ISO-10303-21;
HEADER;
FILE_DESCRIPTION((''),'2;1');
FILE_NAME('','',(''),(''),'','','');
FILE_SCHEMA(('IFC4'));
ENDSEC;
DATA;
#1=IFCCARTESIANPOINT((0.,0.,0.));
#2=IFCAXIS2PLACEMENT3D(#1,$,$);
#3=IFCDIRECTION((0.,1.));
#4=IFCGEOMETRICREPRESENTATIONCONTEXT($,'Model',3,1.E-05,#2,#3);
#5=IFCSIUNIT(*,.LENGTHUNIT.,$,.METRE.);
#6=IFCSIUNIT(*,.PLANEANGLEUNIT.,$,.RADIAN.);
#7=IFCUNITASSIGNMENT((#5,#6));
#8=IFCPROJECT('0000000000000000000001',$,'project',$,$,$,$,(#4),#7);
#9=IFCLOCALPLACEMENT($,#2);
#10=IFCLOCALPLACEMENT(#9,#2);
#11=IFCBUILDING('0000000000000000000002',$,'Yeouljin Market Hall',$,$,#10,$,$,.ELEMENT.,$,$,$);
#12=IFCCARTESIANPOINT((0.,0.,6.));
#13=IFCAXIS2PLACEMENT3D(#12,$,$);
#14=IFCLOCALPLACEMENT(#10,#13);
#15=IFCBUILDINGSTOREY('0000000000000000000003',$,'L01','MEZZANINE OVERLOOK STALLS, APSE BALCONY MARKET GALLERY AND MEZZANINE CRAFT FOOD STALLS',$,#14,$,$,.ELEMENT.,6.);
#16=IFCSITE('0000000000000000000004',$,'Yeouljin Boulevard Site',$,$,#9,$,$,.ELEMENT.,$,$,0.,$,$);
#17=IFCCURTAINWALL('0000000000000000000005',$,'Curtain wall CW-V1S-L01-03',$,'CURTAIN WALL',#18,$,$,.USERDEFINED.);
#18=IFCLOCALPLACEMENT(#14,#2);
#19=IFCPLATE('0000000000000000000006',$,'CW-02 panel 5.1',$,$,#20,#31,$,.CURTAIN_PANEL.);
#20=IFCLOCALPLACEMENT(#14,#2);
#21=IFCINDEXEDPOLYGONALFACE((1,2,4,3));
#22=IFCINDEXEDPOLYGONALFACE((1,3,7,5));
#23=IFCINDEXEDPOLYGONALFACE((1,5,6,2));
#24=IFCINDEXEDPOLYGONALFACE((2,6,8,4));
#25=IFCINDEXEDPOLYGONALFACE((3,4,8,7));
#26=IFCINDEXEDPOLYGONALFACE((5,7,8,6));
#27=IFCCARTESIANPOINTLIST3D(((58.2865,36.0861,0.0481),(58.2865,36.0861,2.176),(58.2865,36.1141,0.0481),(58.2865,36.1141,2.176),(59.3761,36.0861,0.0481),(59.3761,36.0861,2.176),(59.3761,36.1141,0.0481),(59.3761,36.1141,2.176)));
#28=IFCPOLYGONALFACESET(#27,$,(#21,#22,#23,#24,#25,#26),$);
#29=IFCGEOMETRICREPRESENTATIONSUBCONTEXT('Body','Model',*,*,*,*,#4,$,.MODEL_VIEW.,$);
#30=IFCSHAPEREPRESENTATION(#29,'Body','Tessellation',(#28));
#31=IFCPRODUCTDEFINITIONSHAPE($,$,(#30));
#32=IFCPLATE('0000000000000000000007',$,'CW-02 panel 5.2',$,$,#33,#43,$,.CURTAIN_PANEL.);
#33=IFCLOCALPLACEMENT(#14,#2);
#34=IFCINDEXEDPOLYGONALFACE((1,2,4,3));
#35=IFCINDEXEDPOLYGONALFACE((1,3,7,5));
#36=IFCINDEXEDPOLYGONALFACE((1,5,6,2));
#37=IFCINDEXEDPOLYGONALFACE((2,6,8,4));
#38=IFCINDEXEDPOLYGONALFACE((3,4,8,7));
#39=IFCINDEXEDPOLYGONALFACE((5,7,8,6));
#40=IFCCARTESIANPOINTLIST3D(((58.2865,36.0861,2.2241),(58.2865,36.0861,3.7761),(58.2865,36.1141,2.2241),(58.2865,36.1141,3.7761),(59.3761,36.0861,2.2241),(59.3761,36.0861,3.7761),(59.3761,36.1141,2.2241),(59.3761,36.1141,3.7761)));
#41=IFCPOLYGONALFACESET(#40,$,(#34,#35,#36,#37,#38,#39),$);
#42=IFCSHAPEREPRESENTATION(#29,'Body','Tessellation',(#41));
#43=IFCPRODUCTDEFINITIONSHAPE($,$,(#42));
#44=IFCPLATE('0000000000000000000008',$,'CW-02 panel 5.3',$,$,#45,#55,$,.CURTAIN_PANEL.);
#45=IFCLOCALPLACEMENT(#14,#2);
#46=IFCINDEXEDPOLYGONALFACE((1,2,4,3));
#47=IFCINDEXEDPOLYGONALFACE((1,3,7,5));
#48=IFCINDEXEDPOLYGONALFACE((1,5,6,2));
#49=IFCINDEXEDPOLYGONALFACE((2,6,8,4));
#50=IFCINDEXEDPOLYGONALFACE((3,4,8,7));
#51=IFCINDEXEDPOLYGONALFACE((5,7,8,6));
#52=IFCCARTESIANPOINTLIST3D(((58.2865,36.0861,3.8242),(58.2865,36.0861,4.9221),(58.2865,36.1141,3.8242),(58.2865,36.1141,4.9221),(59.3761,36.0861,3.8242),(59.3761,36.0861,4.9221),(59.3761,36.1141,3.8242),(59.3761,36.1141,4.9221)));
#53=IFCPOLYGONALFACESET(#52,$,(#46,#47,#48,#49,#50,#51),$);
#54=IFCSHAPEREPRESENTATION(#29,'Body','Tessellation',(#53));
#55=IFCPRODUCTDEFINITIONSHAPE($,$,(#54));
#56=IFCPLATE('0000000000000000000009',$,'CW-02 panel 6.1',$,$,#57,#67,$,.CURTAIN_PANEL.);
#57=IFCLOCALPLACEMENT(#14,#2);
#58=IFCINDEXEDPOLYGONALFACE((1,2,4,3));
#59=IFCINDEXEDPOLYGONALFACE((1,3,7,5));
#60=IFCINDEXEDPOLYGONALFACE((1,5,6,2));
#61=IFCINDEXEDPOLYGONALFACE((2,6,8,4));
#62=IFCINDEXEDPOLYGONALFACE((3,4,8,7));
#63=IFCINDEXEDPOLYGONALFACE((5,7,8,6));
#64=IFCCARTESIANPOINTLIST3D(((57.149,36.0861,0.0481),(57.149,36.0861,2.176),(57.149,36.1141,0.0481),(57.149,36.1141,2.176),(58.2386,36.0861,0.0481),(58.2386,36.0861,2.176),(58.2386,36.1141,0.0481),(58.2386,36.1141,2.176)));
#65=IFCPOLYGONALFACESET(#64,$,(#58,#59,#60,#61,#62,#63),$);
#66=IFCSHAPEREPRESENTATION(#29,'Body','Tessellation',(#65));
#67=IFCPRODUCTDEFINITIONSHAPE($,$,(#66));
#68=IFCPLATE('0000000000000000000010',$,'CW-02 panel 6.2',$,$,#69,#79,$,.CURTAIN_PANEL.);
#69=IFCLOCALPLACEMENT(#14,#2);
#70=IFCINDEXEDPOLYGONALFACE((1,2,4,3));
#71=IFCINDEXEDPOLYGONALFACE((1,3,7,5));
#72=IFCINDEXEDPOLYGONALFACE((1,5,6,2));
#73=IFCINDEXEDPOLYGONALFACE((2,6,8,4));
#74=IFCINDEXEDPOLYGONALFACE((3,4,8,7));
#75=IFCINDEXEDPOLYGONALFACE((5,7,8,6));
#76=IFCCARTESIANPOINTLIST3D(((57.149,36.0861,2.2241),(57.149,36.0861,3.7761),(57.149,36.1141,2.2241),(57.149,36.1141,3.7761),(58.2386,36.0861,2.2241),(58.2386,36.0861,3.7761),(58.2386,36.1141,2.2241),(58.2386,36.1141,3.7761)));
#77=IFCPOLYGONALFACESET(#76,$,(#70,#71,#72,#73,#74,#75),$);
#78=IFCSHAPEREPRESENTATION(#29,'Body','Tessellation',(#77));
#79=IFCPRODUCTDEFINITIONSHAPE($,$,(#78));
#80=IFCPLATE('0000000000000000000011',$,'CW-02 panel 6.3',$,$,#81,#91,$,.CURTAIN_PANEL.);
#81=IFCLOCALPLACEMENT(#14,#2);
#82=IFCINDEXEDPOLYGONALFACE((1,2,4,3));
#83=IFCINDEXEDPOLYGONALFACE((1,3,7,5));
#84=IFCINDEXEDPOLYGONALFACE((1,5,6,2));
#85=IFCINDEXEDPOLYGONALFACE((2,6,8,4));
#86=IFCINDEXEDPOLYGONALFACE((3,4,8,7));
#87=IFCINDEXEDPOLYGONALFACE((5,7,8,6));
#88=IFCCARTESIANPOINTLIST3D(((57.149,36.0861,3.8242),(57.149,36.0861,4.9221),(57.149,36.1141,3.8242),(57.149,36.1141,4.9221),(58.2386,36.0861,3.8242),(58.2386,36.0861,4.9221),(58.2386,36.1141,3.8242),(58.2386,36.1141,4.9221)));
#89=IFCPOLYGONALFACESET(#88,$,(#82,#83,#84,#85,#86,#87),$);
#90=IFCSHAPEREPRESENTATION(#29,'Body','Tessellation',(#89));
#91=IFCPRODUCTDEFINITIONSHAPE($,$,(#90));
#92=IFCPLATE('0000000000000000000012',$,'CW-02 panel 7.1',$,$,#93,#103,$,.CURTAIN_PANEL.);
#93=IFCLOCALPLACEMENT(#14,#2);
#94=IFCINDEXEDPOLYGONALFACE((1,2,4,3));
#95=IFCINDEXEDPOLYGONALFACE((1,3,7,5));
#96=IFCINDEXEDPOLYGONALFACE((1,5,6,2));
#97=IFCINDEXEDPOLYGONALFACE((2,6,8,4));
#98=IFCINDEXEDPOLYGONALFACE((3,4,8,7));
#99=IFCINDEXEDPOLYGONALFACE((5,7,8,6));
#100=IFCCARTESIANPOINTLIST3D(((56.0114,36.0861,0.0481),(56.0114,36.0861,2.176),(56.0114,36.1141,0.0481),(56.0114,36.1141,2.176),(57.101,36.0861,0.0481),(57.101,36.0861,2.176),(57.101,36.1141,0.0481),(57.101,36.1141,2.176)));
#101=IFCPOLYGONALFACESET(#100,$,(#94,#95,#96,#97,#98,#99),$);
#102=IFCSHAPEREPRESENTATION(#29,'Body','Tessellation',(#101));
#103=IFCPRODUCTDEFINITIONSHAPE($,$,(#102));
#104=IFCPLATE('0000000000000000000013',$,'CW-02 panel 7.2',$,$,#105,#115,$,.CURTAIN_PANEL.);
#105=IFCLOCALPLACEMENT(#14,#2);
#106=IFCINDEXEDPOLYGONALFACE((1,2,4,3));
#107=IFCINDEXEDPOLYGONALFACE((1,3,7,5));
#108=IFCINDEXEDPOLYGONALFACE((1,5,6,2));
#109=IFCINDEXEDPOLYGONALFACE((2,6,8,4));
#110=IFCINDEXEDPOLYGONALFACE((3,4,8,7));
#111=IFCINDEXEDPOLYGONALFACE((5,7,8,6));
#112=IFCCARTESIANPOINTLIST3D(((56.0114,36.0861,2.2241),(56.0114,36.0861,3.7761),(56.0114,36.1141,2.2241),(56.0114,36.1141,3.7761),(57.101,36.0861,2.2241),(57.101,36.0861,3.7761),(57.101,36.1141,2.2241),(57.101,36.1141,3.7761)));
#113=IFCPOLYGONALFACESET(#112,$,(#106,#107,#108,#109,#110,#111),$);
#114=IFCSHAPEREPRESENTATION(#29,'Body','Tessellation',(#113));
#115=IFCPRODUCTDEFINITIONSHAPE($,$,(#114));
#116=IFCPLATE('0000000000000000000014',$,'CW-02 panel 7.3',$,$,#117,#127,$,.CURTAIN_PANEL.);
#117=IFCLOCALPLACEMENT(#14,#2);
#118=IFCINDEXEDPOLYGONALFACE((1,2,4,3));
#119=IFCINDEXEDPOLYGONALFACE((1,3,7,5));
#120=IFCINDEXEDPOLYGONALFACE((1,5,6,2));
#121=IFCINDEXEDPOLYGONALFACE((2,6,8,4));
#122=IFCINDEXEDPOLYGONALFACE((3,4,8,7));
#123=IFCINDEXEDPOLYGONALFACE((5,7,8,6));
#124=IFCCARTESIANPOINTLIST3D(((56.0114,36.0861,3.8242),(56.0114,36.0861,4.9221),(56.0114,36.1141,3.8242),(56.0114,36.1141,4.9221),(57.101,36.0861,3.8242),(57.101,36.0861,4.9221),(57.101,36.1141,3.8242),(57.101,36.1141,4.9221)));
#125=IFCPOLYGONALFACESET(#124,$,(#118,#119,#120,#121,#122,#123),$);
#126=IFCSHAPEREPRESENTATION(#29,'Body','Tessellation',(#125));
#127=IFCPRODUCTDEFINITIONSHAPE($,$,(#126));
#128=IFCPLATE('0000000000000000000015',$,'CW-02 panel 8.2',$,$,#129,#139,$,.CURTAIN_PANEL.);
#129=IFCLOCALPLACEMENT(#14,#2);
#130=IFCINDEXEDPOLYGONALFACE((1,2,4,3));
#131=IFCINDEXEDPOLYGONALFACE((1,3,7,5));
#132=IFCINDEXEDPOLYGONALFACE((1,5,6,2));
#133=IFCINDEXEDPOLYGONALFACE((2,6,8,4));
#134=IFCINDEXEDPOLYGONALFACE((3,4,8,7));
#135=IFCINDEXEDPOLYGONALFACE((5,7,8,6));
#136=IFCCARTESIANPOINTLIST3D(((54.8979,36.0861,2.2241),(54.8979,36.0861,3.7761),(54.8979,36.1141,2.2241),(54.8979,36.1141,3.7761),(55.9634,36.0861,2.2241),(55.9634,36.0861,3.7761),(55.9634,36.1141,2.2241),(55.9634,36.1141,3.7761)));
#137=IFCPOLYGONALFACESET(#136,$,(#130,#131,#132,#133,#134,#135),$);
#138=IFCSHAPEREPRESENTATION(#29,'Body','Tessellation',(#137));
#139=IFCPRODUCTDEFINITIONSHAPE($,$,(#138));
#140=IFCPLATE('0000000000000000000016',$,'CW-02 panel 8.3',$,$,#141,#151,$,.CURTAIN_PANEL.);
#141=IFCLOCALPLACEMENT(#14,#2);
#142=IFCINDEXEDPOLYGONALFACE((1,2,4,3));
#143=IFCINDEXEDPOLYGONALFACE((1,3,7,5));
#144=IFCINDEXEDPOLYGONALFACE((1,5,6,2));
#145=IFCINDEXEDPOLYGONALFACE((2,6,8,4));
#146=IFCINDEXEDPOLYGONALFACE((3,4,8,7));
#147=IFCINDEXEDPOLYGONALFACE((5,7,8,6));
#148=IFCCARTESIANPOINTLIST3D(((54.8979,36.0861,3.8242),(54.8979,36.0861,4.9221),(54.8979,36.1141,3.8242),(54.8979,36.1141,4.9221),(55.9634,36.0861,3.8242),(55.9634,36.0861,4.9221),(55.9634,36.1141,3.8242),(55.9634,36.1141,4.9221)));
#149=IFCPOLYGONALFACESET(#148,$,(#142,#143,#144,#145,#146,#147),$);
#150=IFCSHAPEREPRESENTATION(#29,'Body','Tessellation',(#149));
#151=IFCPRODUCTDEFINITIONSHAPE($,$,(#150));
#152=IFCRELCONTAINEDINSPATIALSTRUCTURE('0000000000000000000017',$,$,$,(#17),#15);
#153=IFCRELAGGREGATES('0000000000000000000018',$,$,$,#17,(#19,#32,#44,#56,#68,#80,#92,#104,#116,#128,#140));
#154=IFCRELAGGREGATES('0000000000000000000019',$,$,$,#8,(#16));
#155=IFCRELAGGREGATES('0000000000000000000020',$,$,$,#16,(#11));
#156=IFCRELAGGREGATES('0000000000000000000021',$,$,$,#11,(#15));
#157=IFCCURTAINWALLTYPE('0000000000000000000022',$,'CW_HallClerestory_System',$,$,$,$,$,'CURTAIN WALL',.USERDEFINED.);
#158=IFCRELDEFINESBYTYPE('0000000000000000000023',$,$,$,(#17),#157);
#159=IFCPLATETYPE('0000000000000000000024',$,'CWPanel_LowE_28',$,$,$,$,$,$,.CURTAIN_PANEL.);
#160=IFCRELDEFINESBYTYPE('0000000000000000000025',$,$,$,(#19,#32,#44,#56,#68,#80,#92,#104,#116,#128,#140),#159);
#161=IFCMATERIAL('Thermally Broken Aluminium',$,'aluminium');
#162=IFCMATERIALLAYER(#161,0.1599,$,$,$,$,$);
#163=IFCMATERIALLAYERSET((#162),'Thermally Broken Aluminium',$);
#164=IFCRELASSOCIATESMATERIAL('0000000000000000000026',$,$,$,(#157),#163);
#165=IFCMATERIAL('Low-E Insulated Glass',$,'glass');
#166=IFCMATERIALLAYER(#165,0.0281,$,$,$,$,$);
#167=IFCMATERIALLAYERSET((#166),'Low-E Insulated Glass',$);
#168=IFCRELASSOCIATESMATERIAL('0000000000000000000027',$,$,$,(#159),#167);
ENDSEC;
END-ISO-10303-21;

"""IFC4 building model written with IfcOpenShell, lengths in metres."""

from ifc_helpers import new_model, si_unit, direction, frame, origin, origin_2d, place, context, subcontext, project, spatial, rectangle, extrude, material, layer, layer_set, type_object, element, aggregate, save


model = new_model("IFC4")

# Units and contexts
model_context = context("Model", 3, precision=1e-05, world=origin(), true_north=direction((0.0, 1.0)))
body_context = subcontext(model_context, "Body", "Model", "MODEL_VIEW")
ifc_project = project(units=[si_unit("LENGTHUNIT", "METRE"), si_unit("PLANEANGLEUNIT", "RADIAN")], contexts=[model_context])

# Site, building, storey
site_placement = place(None, origin())
site = spatial("IfcSite", under=ifc_project, at=site_placement, Name="Yeouljin Boulevard Site", CompositionType="ELEMENT", RefElevation=0.0)
building_placement = place(site_placement, origin())
building = spatial("IfcBuilding", under=site, at=building_placement, Name="Yeouljin Market Hall", CompositionType="ELEMENT")
storey_placement = place(building_placement, frame((0.0, 0.0, 6.0)))
storey = spatial("IfcBuildingStorey", under=building, at=storey_placement, Name="L01", Description="MEZZANINE OVERLOOK STALLS, APSE BALCONY MARKET GALLERY AND MEZZANINE CRAFT FOOD STALLS", CompositionType="ELEMENT", Elevation=6.0)

# Curtain wall, plates
ifc_material_1 = material(Name="Thermally Broken Aluminium", Category="aluminium")
ifc_layer_1 = layer(ifc_material_1, 0.1599)
ifc_layer_set_1 = layer_set([ifc_layer_1], Name="Thermally Broken Aluminium")
curtain_wall_type = type_object("IfcCurtainWallType", Name="CW_HallClerestory_System", ElementType="CURTAIN WALL", PredefinedType="USERDEFINED", material=ifc_layer_set_1)
curtain_wall_placement = place(storey_placement, origin())
curtain_wall = element("IfcCurtainWall", 1, at=curtain_wall_placement, inside=storey, type_object=curtain_wall_type, Name="Curtain wall CW-V1S-L01-03", ObjectType="CURTAIN WALL", PredefinedType="USERDEFINED")
ifc_material_2 = material(Name="Low-E Insulated Glass", Category="glass")
ifc_layer_2 = layer(ifc_material_2, 0.0281)
ifc_layer_set_2 = layer_set([ifc_layer_2], Name="Low-E Insulated Glass")
plate_type = type_object("IfcPlateType", Name="CWPanel_LowE_28", PredefinedType="CURTAIN_PANEL", material=ifc_layer_set_2)
plate_1_placement = place(storey_placement, frame((58.8313, 36.1001, 0.0481), z_axis=(0.0, 0.0, 1.0), x_axis=(-1.0, 0.0, 0.0)))
plate_1 = element("IfcPlate", 2, at=plate_1_placement, type_object=plate_type, Name="CW-02 panel 5.1", PredefinedType="CURTAIN_PANEL", context=body_context, shape_type="SweptSolid", body=[
    extrude(rectangle(XDim=1.0896, YDim=0.0281, at=origin_2d()), origin(), (0.0, 0.0, 1.0), 2.1279),
])
plate_2_placement = place(storey_placement, frame((58.8313, 36.1001, 2.2241), z_axis=(0.0, 0.0, 1.0), x_axis=(-1.0, 0.0, 0.0)))
plate_2 = element("IfcPlate", 3, at=plate_2_placement, type_object=plate_type, Name="CW-02 panel 5.2", PredefinedType="CURTAIN_PANEL", context=body_context, shape_type="SweptSolid", body=[
    extrude(rectangle(XDim=1.0896, YDim=0.0281, at=origin_2d()), origin(), (0.0, 0.0, 1.0), 1.552),
])
plate_3_placement = place(storey_placement, frame((58.8313, 36.1001, 3.8242), z_axis=(0.0, 0.0, 1.0), x_axis=(-1.0, 0.0, 0.0)))
plate_3 = element("IfcPlate", 4, at=plate_3_placement, type_object=plate_type, Name="CW-02 panel 5.3", PredefinedType="CURTAIN_PANEL", context=body_context, shape_type="SweptSolid", body=[
    extrude(rectangle(XDim=1.0896, YDim=0.0281, at=origin_2d()), origin(), (0.0, 0.0, 1.0), 1.0979),
])
plate_4_placement = place(storey_placement, frame((57.6938, 36.1001, 0.0481), z_axis=(0.0, 0.0, 1.0), x_axis=(-1.0, 0.0, 0.0)))
plate_4 = element("IfcPlate", 5, at=plate_4_placement, type_object=plate_type, Name="CW-02 panel 6.1", PredefinedType="CURTAIN_PANEL", context=body_context, shape_type="SweptSolid", body=[
    extrude(rectangle(XDim=1.0896, YDim=0.0281, at=origin_2d()), origin(), (0.0, 0.0, 1.0), 2.1279),
])
plate_5_placement = place(storey_placement, frame((57.6938, 36.1001, 2.2241), z_axis=(0.0, 0.0, 1.0), x_axis=(-1.0, 0.0, 0.0)))
plate_5 = element("IfcPlate", 6, at=plate_5_placement, type_object=plate_type, Name="CW-02 panel 6.2", PredefinedType="CURTAIN_PANEL", context=body_context, shape_type="SweptSolid", body=[
    extrude(rectangle(XDim=1.0896, YDim=0.0281, at=origin_2d()), origin(), (0.0, 0.0, 1.0), 1.552),
])
plate_6_placement = place(storey_placement, frame((57.6938, 36.1001, 3.8242), z_axis=(0.0, 0.0, 1.0), x_axis=(-1.0, 0.0, 0.0)))
plate_6 = element("IfcPlate", 7, at=plate_6_placement, type_object=plate_type, Name="CW-02 panel 6.3", PredefinedType="CURTAIN_PANEL", context=body_context, shape_type="SweptSolid", body=[
    extrude(rectangle(XDim=1.0896, YDim=0.0281, at=origin_2d()), origin(), (0.0, 0.0, 1.0), 1.0979),
])
plate_7_placement = place(storey_placement, frame((56.5562, 36.1001, 0.0481), z_axis=(0.0, 0.0, 1.0), x_axis=(-1.0, 0.0, 0.0)))
plate_7 = element("IfcPlate", 8, at=plate_7_placement, type_object=plate_type, Name="CW-02 panel 7.1", PredefinedType="CURTAIN_PANEL", context=body_context, shape_type="SweptSolid", body=[
    extrude(rectangle(XDim=1.0896, YDim=0.0281, at=origin_2d()), origin(), (0.0, 0.0, 1.0), 2.1279),
])
plate_8_placement = place(storey_placement, frame((56.5562, 36.1001, 2.2241), z_axis=(0.0, 0.0, 1.0), x_axis=(-1.0, 0.0, 0.0)))
plate_8 = element("IfcPlate", 9, at=plate_8_placement, type_object=plate_type, Name="CW-02 panel 7.2", PredefinedType="CURTAIN_PANEL", context=body_context, shape_type="SweptSolid", body=[
    extrude(rectangle(XDim=1.0896, YDim=0.0281, at=origin_2d()), origin(), (0.0, 0.0, 1.0), 1.552),
])
plate_9_placement = place(storey_placement, frame((56.5562, 36.1001, 3.8242), z_axis=(0.0, 0.0, 1.0), x_axis=(-1.0, 0.0, 0.0)))
plate_9 = element("IfcPlate", 10, at=plate_9_placement, type_object=plate_type, Name="CW-02 panel 7.3", PredefinedType="CURTAIN_PANEL", context=body_context, shape_type="SweptSolid", body=[
    extrude(rectangle(XDim=1.0896, YDim=0.0281, at=origin_2d()), origin(), (0.0, 0.0, 1.0), 1.0979),
])
plate_10_placement = place(storey_placement, frame((55.4307, 36.1001, 2.2241), z_axis=(0.0, 0.0, 1.0), x_axis=(-1.0, 0.0, 0.0)))
plate_10 = element("IfcPlate", 11, at=plate_10_placement, type_object=plate_type, Name="CW-02 panel 8.2", PredefinedType="CURTAIN_PANEL", context=body_context, shape_type="SweptSolid", body=[
    extrude(rectangle(XDim=1.0654, YDim=0.0281, at=origin_2d()), origin(), (0.0, 0.0, 1.0), 1.552),
])
plate_11_placement = place(storey_placement, frame((55.4307, 36.1001, 3.8242), z_axis=(0.0, 0.0, 1.0), x_axis=(-1.0, 0.0, 0.0)))
plate_11 = element("IfcPlate", 12, at=plate_11_placement, type_object=plate_type, Name="CW-02 panel 8.3", PredefinedType="CURTAIN_PANEL", context=body_context, shape_type="SweptSolid", body=[
    extrude(rectangle(XDim=1.0654, YDim=0.0281, at=origin_2d()), origin(), (0.0, 0.0, 1.0), 1.0979),
])
aggregate(curtain_wall, [plate_1, plate_2, plate_3, plate_4, plate_5, plate_6, plate_7, plate_8, plate_9, plate_10, plate_11])

save(model, "model.ifc")
